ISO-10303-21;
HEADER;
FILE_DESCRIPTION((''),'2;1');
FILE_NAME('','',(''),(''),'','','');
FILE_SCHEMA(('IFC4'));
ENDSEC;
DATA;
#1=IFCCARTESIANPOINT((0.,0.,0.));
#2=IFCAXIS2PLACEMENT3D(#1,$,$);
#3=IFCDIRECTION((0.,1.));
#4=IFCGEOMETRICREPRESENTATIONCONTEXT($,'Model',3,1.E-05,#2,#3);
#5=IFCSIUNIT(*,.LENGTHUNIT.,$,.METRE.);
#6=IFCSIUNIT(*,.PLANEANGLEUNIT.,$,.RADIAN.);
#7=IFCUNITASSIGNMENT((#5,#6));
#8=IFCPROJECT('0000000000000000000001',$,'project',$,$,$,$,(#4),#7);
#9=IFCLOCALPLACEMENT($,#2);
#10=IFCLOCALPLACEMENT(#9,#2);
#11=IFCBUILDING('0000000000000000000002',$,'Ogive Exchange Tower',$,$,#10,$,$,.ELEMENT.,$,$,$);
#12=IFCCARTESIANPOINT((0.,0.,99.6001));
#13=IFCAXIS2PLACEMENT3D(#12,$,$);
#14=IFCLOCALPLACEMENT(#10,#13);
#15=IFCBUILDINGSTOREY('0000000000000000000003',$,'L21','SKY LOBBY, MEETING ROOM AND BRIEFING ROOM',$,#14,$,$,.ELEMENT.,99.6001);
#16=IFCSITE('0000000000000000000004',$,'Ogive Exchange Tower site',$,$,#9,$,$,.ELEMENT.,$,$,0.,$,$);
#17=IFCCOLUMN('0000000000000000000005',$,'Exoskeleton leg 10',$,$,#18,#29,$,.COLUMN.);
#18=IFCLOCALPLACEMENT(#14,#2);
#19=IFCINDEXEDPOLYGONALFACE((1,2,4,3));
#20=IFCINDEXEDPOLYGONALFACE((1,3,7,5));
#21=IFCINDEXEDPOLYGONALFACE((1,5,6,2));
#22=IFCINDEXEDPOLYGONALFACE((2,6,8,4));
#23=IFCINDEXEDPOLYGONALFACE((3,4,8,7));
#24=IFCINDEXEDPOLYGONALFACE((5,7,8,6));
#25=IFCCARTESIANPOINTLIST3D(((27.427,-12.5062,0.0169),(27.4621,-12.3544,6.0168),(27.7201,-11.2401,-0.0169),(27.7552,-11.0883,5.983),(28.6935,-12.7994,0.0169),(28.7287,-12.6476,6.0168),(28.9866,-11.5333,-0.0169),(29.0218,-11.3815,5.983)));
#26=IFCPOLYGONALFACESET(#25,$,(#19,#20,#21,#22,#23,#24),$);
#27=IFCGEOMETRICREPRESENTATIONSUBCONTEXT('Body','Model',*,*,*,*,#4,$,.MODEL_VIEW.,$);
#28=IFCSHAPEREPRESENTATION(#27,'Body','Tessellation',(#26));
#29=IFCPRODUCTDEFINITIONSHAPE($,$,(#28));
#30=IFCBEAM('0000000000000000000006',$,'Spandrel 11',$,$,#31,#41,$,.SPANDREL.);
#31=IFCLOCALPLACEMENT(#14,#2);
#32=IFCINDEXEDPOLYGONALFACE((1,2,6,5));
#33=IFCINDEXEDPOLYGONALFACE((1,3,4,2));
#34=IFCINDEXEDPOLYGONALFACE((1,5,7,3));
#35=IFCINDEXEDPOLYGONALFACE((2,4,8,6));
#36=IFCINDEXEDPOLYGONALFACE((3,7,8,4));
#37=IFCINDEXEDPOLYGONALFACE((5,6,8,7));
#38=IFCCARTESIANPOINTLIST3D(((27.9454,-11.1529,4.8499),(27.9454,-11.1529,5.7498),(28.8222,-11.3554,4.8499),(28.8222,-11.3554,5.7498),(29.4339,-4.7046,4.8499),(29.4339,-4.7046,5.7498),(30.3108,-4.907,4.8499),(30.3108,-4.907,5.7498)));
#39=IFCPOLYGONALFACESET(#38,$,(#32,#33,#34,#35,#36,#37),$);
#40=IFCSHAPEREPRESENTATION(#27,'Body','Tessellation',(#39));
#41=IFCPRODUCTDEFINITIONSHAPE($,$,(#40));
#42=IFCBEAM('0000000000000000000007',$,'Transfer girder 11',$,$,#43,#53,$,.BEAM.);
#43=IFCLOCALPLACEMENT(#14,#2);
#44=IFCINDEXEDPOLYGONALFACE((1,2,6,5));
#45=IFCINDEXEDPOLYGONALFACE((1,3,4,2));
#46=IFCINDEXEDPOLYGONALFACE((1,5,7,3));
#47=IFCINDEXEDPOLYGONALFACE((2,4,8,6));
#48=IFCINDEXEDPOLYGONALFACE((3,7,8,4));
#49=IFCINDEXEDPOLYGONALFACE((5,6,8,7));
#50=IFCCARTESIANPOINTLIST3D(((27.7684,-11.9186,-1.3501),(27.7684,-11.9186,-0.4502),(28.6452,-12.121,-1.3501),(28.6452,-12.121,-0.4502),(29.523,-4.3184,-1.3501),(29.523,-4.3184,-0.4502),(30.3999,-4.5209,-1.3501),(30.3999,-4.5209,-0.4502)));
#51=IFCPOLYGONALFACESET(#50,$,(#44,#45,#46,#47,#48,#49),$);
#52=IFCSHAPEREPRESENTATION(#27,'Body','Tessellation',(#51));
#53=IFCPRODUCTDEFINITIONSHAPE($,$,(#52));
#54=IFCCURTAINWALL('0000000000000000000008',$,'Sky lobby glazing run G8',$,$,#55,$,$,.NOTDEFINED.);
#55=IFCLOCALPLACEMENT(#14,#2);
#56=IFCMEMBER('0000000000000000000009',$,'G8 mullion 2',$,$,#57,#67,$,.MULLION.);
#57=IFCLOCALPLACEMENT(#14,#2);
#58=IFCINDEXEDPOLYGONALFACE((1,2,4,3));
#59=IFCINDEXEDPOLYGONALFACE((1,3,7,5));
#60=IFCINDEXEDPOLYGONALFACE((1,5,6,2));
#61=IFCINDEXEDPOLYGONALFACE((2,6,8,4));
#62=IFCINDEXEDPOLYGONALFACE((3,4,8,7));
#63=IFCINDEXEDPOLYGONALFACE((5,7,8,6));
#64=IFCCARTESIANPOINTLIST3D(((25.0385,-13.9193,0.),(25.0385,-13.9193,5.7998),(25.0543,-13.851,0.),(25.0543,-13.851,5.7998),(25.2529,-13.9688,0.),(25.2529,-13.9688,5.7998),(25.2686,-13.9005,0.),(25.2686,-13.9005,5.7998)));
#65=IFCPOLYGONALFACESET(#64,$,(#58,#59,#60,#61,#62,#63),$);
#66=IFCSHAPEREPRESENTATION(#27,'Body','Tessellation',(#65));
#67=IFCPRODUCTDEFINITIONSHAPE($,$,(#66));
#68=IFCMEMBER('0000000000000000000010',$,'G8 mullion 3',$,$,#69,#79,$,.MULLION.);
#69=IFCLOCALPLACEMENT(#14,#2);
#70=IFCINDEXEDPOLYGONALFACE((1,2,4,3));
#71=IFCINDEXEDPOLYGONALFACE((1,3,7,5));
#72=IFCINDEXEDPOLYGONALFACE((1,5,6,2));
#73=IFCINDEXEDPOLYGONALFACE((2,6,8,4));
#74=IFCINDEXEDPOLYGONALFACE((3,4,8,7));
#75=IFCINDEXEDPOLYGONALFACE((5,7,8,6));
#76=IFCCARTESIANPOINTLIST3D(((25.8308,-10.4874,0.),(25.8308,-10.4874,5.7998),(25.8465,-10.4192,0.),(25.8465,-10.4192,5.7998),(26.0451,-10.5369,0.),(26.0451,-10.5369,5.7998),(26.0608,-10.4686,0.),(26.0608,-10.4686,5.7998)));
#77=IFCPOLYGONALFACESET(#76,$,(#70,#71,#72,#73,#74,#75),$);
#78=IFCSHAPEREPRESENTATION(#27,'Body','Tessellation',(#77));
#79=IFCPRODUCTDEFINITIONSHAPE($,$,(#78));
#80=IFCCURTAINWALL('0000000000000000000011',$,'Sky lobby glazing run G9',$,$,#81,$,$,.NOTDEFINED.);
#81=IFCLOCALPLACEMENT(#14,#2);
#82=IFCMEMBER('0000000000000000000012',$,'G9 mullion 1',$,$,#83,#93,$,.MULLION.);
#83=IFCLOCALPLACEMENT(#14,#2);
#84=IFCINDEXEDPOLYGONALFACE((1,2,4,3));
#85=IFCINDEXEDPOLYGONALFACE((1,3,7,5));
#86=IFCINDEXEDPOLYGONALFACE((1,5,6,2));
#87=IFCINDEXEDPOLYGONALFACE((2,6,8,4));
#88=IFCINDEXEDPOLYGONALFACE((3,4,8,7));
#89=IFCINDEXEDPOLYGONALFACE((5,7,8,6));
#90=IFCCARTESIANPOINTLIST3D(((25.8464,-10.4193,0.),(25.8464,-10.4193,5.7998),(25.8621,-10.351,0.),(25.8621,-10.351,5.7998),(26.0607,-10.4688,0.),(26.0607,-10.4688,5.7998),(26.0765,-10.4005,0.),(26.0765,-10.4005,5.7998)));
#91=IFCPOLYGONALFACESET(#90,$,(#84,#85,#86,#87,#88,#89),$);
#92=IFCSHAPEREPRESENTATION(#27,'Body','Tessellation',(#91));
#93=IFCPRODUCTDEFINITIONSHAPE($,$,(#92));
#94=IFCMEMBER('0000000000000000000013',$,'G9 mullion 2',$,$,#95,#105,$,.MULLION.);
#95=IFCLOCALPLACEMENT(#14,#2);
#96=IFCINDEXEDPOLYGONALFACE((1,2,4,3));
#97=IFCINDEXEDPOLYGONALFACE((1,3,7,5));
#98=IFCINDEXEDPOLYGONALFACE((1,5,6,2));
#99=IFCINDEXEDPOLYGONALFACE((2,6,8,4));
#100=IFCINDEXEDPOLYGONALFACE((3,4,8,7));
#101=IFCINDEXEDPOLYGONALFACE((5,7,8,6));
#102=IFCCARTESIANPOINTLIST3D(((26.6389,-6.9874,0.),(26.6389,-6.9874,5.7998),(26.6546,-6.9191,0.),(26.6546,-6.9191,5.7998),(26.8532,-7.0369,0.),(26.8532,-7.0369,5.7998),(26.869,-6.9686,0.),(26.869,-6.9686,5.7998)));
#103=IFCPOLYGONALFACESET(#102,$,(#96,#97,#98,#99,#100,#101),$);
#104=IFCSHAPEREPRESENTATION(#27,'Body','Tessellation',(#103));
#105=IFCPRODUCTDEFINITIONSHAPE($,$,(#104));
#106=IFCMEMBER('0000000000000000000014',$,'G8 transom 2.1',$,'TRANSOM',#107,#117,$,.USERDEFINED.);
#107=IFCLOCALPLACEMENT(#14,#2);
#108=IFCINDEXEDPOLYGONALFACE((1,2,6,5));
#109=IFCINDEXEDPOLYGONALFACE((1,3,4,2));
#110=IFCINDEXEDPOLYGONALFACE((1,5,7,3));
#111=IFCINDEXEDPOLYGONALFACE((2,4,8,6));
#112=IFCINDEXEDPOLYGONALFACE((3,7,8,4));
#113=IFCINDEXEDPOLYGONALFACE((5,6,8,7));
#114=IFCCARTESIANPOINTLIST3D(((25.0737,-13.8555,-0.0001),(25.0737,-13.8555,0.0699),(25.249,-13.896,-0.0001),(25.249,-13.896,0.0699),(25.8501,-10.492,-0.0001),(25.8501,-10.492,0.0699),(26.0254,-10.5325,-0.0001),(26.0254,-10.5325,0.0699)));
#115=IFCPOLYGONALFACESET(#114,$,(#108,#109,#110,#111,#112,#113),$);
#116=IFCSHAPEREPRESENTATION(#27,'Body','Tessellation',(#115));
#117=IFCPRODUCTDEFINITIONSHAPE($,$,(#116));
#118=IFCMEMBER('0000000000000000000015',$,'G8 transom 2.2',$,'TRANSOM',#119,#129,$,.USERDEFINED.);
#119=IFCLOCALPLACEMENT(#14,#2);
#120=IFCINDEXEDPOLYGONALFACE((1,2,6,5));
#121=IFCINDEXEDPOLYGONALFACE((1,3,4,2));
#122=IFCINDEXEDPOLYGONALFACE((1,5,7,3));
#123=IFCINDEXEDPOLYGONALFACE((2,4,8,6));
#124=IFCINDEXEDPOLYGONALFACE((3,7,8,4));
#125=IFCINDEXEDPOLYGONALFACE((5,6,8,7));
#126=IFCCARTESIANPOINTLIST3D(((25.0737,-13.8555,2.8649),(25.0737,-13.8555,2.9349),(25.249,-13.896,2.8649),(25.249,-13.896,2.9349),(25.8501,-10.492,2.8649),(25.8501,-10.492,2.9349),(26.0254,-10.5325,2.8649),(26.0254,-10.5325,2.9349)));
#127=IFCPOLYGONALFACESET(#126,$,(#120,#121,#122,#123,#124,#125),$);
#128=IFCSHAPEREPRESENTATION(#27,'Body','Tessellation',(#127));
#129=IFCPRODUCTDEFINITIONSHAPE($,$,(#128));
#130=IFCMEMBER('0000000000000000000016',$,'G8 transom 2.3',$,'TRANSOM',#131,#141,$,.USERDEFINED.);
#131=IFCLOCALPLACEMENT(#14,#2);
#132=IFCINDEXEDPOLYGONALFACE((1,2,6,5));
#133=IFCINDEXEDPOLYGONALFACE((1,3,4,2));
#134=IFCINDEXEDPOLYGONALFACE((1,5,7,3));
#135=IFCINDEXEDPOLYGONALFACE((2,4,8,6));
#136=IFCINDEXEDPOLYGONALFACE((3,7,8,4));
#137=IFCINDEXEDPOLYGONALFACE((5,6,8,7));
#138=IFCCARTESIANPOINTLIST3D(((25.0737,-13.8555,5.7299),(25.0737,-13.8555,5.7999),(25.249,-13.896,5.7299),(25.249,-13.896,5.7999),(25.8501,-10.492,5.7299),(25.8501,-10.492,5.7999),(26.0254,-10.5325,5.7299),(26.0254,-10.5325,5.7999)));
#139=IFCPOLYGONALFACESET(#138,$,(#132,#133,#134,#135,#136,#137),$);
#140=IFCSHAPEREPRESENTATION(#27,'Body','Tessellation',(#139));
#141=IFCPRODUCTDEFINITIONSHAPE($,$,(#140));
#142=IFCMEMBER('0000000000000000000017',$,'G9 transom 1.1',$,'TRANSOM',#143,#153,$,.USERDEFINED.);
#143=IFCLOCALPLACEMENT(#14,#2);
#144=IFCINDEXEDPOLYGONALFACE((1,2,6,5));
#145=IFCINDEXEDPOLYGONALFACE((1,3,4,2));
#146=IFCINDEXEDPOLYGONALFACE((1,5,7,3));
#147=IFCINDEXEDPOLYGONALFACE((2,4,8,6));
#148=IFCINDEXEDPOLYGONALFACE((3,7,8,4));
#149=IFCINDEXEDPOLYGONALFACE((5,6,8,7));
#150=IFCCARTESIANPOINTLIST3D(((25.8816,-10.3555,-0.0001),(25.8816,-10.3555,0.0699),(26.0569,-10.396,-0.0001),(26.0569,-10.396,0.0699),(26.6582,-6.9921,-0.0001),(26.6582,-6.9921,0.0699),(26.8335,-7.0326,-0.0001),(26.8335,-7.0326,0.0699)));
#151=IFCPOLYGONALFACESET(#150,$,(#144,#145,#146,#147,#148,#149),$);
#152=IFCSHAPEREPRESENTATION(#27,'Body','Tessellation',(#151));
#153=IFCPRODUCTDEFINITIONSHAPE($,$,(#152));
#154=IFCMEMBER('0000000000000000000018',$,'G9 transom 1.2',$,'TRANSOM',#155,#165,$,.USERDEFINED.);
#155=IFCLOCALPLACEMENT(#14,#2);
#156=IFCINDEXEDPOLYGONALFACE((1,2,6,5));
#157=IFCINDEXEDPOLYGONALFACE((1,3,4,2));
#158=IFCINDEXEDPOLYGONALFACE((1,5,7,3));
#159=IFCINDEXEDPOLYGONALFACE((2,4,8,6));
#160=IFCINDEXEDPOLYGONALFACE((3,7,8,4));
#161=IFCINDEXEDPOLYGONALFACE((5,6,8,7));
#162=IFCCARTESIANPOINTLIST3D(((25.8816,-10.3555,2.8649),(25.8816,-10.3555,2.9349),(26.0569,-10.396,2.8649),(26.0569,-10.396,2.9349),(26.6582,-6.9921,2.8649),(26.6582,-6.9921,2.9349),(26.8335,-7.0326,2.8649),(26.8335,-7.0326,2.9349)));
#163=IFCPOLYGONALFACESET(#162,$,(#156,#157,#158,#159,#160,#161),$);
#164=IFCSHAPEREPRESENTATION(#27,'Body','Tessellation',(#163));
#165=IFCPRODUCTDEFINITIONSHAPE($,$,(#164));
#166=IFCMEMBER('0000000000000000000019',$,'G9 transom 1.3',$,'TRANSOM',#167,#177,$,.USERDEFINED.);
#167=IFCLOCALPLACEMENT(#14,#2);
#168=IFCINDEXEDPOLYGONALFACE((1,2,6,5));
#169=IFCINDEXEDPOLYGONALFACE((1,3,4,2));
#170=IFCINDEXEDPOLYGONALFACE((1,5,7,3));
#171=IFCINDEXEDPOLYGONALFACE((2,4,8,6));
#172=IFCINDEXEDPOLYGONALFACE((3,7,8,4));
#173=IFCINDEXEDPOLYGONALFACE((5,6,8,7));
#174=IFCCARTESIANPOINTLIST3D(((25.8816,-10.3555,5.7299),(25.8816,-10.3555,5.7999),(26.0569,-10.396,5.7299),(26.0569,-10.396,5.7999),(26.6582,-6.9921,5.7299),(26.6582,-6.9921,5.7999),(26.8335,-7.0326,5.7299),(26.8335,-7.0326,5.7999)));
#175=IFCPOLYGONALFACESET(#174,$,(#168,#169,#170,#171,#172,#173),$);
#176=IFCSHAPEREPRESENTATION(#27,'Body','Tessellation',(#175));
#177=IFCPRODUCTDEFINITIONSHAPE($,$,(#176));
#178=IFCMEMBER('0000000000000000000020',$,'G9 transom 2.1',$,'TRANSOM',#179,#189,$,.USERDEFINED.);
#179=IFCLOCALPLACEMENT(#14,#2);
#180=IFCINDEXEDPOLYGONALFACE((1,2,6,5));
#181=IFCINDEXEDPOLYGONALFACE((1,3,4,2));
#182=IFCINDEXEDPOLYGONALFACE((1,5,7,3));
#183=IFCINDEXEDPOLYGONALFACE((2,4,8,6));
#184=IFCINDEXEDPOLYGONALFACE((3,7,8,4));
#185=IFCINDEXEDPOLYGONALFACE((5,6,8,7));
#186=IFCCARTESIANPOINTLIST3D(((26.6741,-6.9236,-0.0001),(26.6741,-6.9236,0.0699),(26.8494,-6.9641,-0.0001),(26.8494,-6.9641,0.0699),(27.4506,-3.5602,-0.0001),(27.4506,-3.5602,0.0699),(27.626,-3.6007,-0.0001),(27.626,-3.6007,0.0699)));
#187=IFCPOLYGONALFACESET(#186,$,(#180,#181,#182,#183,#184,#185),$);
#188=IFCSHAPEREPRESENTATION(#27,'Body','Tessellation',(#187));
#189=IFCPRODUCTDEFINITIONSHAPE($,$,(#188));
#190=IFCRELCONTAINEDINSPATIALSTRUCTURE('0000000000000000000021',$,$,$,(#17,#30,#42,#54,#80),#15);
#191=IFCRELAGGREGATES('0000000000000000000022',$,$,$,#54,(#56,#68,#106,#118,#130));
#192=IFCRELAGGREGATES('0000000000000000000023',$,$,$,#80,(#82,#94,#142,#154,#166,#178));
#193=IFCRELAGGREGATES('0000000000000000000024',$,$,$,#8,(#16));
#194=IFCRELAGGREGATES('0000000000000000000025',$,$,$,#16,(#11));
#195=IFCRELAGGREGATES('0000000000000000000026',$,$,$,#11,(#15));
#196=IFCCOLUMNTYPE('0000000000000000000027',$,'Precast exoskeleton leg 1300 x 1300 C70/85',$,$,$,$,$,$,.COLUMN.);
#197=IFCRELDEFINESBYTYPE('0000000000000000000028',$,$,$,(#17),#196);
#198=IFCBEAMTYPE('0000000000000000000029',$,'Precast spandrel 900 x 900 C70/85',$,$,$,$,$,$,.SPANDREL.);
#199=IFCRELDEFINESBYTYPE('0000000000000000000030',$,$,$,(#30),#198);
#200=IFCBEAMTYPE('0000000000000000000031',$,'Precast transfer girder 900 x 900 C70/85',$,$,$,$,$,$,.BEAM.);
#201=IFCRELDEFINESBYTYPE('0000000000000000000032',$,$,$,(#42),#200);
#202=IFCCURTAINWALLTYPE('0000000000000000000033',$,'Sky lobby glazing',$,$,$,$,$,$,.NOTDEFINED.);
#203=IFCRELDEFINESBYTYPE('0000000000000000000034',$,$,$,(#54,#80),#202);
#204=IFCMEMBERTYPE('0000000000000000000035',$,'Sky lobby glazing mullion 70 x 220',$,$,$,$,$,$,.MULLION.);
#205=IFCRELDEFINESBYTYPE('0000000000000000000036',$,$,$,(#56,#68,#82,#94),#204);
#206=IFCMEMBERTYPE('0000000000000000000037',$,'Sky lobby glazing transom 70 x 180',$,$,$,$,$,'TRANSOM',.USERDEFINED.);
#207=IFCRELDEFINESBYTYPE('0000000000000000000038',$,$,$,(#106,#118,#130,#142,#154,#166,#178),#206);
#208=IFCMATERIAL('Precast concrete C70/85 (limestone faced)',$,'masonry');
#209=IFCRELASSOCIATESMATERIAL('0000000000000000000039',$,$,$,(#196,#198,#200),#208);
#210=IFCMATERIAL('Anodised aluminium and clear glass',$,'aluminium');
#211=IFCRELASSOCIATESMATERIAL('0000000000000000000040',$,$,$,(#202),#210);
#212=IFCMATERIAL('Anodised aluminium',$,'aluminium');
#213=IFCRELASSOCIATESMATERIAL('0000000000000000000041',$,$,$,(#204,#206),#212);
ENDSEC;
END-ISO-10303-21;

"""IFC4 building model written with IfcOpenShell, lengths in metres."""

from ifc_helpers import new_model, si_unit, direction, frame, origin, origin_2d, place, context, subcontext, project, spatial, rectangle, extrude, material, material_profile, profile_set, type_object, element, aggregate, save


model = new_model("IFC4")

# Units and contexts
model_context = context("Model", 3, precision=1e-05, world=origin(), true_north=direction((0.0, 1.0)))
body_context = subcontext(model_context, "Body", "Model", "MODEL_VIEW")
ifc_project = project(units=[si_unit("LENGTHUNIT", "METRE"), si_unit("PLANEANGLEUNIT", "RADIAN")], contexts=[model_context])

# Site, building, storey
site_placement = place(None, origin())
site = spatial("IfcSite", under=ifc_project, at=site_placement, Name="Ogive Exchange Tower site", CompositionType="ELEMENT", RefElevation=0.0)
building_placement = place(site_placement, origin())
building = spatial("IfcBuilding", under=site, at=building_placement, Name="Ogive Exchange Tower", CompositionType="ELEMENT")
storey_placement = place(building_placement, frame((0.0, 0.0, 99.6001)))
storey = spatial("IfcBuildingStorey", under=building, at=storey_placement, Name="L21", Description="SKY LOBBY, MEETING ROOM AND BRIEFING ROOM", CompositionType="ELEMENT", Elevation=99.6001)

# Column
ifc_material_1 = material(Name="Precast concrete C70/85 (limestone faced)", Category="masonry")
ifc_material_profile_1 = material_profile(ifc_material_1, rectangle(XDim=1.3, YDim=1.3, at=origin_2d()), Name="1300 x 1300")
ifc_profile_set_1 = profile_set([ifc_material_profile_1], Name="Precast concrete C70/85 (limestone faced)")
column_type = type_object("IfcColumnType", Name="Precast exoskeleton leg 1300 x 1300 C70/85", PredefinedType="COLUMN", material=ifc_profile_set_1)
column_placement = place(storey_placement, frame((28.2068, -12.0198, 0.0), z_axis=(0.005857, 0.025301, 0.999663), x_axis=(-0.974233, 0.225546, 0.0)))
element("IfcColumn", 1, at=column_placement, inside=storey, type_object=column_type, Name="Exoskeleton leg 10", PredefinedType="COLUMN", context=body_context, shape_type="SweptSolid", body=[
    extrude(rectangle(XDim=1.3, YDim=1.3, at=origin_2d()), origin(), (0.0, 0.0, 1.0), 6.002),
])

# Beams
ifc_material_profile_2 = material_profile(ifc_material_1, rectangle(XDim=0.8999, YDim=0.8999, at=origin_2d()), Name="900 x 900")
ifc_profile_set_2 = profile_set([ifc_material_profile_2], Name="Precast concrete C70/85 (limestone faced)")
beam_type_1 = type_object("IfcBeamType", Name="Precast spandrel 900 x 900 C70/85", PredefinedType="SPANDREL", material=ifc_profile_set_2)
beam_1_placement = place(storey_placement, frame((28.3838, -11.2542, 5.2998), z_axis=(0.224927, 0.974376, 0.0), x_axis=(-0.974376, 0.224927, 0.0)))
element("IfcBeam", 2, at=beam_1_placement, inside=storey, type_object=beam_type_1, Name="Spandrel 11", PredefinedType="SPANDREL", context=body_context, shape_type="SweptSolid", body=[
    extrude(rectangle(XDim=0.8999, YDim=0.8999, at=origin_2d()), origin(), (0.0, 0.0, 1.0), 6.6179),
])
ifc_material_profile_3 = material_profile(ifc_material_1, rectangle(XDim=0.8999, YDim=0.8999, at=origin_2d()), Name="900 x 900")
ifc_profile_set_3 = profile_set([ifc_material_profile_3], Name="Precast concrete C70/85 (limestone faced)")
beam_type_2 = type_object("IfcBeamType", Name="Precast transfer girder 900 x 900 C70/85", PredefinedType="BEAM", material=ifc_profile_set_3)
beam_2_placement = place(storey_placement, frame((28.2068, -12.0198, -0.9001), z_axis=(0.224953, 0.97437, 0.0), x_axis=(-0.97437, 0.224953, 0.0)))
element("IfcBeam", 3, at=beam_2_placement, inside=storey, type_object=beam_type_2, Name="Transfer girder 11", PredefinedType="BEAM", context=body_context, shape_type="SweptSolid", body=[
    extrude(rectangle(XDim=0.8999, YDim=0.8999, at=origin_2d()), origin(), (0.0, 0.0, 1.0), 7.8),
])

# Curtain walls, members
ifc_material_2 = material(Name="Anodised aluminium and clear glass", Category="aluminium")
curtain_wall_type = type_object("IfcCurtainWallType", Name="Sky lobby glazing", PredefinedType="NOTDEFINED", material=ifc_material_2)
curtain_wall_1_placement = place(storey_placement, origin())
curtain_wall_1 = element("IfcCurtainWall", 4, at=curtain_wall_1_placement, inside=storey, type_object=curtain_wall_type, Name="Sky lobby glazing run G8", PredefinedType="NOTDEFINED")
ifc_material_3 = material(Name="Anodised aluminium", Category="aluminium")
ifc_material_profile_4 = material_profile(ifc_material_3, rectangle(XDim=0.22, YDim=0.0701, at=origin_2d()), Name="AL 70x220")
ifc_profile_set_4 = profile_set([ifc_material_profile_4], Name="Anodised aluminium")
member_type_1 = type_object("IfcMemberType", Name="Sky lobby glazing mullion 70 x 220", PredefinedType="MULLION", material=ifc_profile_set_4)
member_1_placement = place(storey_placement, frame((25.1536, -13.9099, 0.0), z_axis=(0.0, 0.0, 1.0), x_axis=(-0.974372, 0.224944, 0.0)))
member_1 = element("IfcMember", 5, at=member_1_placement, type_object=member_type_1, Name="G8 mullion 2", PredefinedType="MULLION", context=body_context, shape_type="SweptSolid", body=[
    extrude(rectangle(XDim=0.22, YDim=0.0701, at=origin_2d()), origin(), (0.0, 0.0, 1.0), 5.7998),
])
member_2_placement = place(storey_placement, frame((25.9458, -10.478, 0.0), z_axis=(0.0, 0.0, 1.0), x_axis=(-0.974372, 0.224944, 0.0)))
member_2 = element("IfcMember", 6, at=member_2_placement, type_object=member_type_1, Name="G8 mullion 3", PredefinedType="MULLION", context=body_context, shape_type="SweptSolid", body=[
    extrude(rectangle(XDim=0.22, YDim=0.0701, at=origin_2d()), origin(), (0.0, 0.0, 1.0), 5.7998),
])
curtain_wall_2_placement = place(storey_placement, origin())
curtain_wall_2 = element("IfcCurtainWall", 7, at=curtain_wall_2_placement, inside=storey, type_object=curtain_wall_type, Name="Sky lobby glazing run G9", PredefinedType="NOTDEFINED")
member_3_placement = place(storey_placement, frame((25.9614, -10.4099, 0.0), z_axis=(0.0, 0.0, 1.0), x_axis=(-0.974369, 0.224954, 0.0)))
member_3 = element("IfcMember", 8, at=member_3_placement, type_object=member_type_1, Name="G9 mullion 1", PredefinedType="MULLION", context=body_context, shape_type="SweptSolid", body=[
    extrude(rectangle(XDim=0.22, YDim=0.0701, at=origin_2d()), origin(), (0.0, 0.0, 1.0), 5.7998),
])
member_4_placement = place(storey_placement, frame((26.7539, -6.978, 0.0), z_axis=(0.0, 0.0, 1.0), x_axis=(-0.974369, 0.224954, 0.0)))
member_4 = element("IfcMember", 9, at=member_4_placement, type_object=member_type_1, Name="G9 mullion 2", PredefinedType="MULLION", context=body_context, shape_type="SweptSolid", body=[
    extrude(rectangle(XDim=0.22, YDim=0.0701, at=origin_2d()), origin(), (0.0, 0.0, 1.0), 5.7998),
])

# Members
ifc_material_profile_5 = material_profile(ifc_material_3, rectangle(XDim=0.1799, YDim=0.0701, at=origin_2d()), Name="AL 70x180")
ifc_profile_set_5 = profile_set([ifc_material_profile_5], Name="Anodised aluminium")
member_type_2 = type_object("IfcMemberType", Name="Sky lobby glazing transom 70 x 180", ElementType="TRANSOM", PredefinedType="USERDEFINED", material=ifc_profile_set_5)
member_5_placement = place(storey_placement, frame((25.1614, -13.8757, 0.0349), z_axis=(0.224906, 0.97438, 0.0), x_axis=(-0.97438, 0.224906, 0.0)))
member_5 = element("IfcMember", 10, at=member_5_placement, type_object=member_type_2, Name="G8 transom 2.1", ObjectType="TRANSOM", PredefinedType="USERDEFINED", context=body_context, shape_type="SweptSolid", body=[
    extrude(rectangle(XDim=0.1799, YDim=0.0701, at=origin_2d()), origin(), (0.0, 0.0, 1.0), 3.4519),
])
member_6_placement = place(storey_placement, frame((25.1614, -13.8757, 2.8999), z_axis=(0.224906, 0.97438, 0.0), x_axis=(-0.97438, 0.224906, 0.0)))
member_6 = element("IfcMember", 11, at=member_6_placement, type_object=member_type_2, Name="G8 transom 2.2", ObjectType="TRANSOM", PredefinedType="USERDEFINED", context=body_context, shape_type="SweptSolid", body=[
    extrude(rectangle(XDim=0.1799, YDim=0.0701, at=origin_2d()), origin(), (0.0, 0.0, 1.0), 3.4519),
])
member_7_placement = place(storey_placement, frame((25.1614, -13.8757, 5.7649), z_axis=(0.224906, 0.97438, 0.0), x_axis=(-0.97438, 0.224906, 0.0)))
member_7 = element("IfcMember", 12, at=member_7_placement, type_object=member_type_2, Name="G8 transom 2.3", ObjectType="TRANSOM", PredefinedType="USERDEFINED", context=body_context, shape_type="SweptSolid", body=[
    extrude(rectangle(XDim=0.1799, YDim=0.0701, at=origin_2d()), origin(), (0.0, 0.0, 1.0), 3.4519),
])
member_8_placement = place(storey_placement, frame((25.9692, -10.3757, 0.0349), z_axis=(0.224973, 0.974365, 0.0), x_axis=(-0.974365, 0.224973, 0.0)))
member_8 = element("IfcMember", 13, at=member_8_placement, type_object=member_type_2, Name="G9 transom 1.1", ObjectType="TRANSOM", PredefinedType="USERDEFINED", context=body_context, shape_type="SweptSolid", body=[
    extrude(rectangle(XDim=0.1799, YDim=0.0701, at=origin_2d()), origin(), (0.0, 0.0, 1.0), 3.4519),
])
member_9_placement = place(storey_placement, frame((25.9692, -10.3757, 2.8999), z_axis=(0.224973, 0.974365, 0.0), x_axis=(-0.974365, 0.224973, 0.0)))
member_9 = element("IfcMember", 14, at=member_9_placement, type_object=member_type_2, Name="G9 transom 1.2", ObjectType="TRANSOM", PredefinedType="USERDEFINED", context=body_context, shape_type="SweptSolid", body=[
    extrude(rectangle(XDim=0.1799, YDim=0.0701, at=origin_2d()), origin(), (0.0, 0.0, 1.0), 3.4519),
])
member_10_placement = place(storey_placement, frame((25.9692, -10.3757, 5.7649), z_axis=(0.224973, 0.974365, 0.0), x_axis=(-0.974365, 0.224973, 0.0)))
member_10 = element("IfcMember", 15, at=member_10_placement, type_object=member_type_2, Name="G9 transom 1.3", ObjectType="TRANSOM", PredefinedType="USERDEFINED", context=body_context, shape_type="SweptSolid", body=[
    extrude(rectangle(XDim=0.1799, YDim=0.0701, at=origin_2d()), origin(), (0.0, 0.0, 1.0), 3.4519),
])
member_11_placement = place(storey_placement, frame((26.7617, -6.9438, 0.0349), z_axis=(0.224973, 0.974365, 0.0), x_axis=(-0.974365, 0.224973, 0.0)))
member_11 = element("IfcMember", 16, at=member_11_placement, type_object=member_type_2, Name="G9 transom 2.1", ObjectType="TRANSOM", PredefinedType="USERDEFINED", context=body_context, shape_type="SweptSolid", body=[
    extrude(rectangle(XDim=0.1799, YDim=0.0701, at=origin_2d()), origin(), (0.0, 0.0, 1.0), 3.4519),
])

aggregate(curtain_wall_1, [member_1, member_2, member_5, member_6, member_7])
aggregate(curtain_wall_2, [member_3, member_4, member_8, member_9, member_10, member_11])

save(model, "model.ifc")
